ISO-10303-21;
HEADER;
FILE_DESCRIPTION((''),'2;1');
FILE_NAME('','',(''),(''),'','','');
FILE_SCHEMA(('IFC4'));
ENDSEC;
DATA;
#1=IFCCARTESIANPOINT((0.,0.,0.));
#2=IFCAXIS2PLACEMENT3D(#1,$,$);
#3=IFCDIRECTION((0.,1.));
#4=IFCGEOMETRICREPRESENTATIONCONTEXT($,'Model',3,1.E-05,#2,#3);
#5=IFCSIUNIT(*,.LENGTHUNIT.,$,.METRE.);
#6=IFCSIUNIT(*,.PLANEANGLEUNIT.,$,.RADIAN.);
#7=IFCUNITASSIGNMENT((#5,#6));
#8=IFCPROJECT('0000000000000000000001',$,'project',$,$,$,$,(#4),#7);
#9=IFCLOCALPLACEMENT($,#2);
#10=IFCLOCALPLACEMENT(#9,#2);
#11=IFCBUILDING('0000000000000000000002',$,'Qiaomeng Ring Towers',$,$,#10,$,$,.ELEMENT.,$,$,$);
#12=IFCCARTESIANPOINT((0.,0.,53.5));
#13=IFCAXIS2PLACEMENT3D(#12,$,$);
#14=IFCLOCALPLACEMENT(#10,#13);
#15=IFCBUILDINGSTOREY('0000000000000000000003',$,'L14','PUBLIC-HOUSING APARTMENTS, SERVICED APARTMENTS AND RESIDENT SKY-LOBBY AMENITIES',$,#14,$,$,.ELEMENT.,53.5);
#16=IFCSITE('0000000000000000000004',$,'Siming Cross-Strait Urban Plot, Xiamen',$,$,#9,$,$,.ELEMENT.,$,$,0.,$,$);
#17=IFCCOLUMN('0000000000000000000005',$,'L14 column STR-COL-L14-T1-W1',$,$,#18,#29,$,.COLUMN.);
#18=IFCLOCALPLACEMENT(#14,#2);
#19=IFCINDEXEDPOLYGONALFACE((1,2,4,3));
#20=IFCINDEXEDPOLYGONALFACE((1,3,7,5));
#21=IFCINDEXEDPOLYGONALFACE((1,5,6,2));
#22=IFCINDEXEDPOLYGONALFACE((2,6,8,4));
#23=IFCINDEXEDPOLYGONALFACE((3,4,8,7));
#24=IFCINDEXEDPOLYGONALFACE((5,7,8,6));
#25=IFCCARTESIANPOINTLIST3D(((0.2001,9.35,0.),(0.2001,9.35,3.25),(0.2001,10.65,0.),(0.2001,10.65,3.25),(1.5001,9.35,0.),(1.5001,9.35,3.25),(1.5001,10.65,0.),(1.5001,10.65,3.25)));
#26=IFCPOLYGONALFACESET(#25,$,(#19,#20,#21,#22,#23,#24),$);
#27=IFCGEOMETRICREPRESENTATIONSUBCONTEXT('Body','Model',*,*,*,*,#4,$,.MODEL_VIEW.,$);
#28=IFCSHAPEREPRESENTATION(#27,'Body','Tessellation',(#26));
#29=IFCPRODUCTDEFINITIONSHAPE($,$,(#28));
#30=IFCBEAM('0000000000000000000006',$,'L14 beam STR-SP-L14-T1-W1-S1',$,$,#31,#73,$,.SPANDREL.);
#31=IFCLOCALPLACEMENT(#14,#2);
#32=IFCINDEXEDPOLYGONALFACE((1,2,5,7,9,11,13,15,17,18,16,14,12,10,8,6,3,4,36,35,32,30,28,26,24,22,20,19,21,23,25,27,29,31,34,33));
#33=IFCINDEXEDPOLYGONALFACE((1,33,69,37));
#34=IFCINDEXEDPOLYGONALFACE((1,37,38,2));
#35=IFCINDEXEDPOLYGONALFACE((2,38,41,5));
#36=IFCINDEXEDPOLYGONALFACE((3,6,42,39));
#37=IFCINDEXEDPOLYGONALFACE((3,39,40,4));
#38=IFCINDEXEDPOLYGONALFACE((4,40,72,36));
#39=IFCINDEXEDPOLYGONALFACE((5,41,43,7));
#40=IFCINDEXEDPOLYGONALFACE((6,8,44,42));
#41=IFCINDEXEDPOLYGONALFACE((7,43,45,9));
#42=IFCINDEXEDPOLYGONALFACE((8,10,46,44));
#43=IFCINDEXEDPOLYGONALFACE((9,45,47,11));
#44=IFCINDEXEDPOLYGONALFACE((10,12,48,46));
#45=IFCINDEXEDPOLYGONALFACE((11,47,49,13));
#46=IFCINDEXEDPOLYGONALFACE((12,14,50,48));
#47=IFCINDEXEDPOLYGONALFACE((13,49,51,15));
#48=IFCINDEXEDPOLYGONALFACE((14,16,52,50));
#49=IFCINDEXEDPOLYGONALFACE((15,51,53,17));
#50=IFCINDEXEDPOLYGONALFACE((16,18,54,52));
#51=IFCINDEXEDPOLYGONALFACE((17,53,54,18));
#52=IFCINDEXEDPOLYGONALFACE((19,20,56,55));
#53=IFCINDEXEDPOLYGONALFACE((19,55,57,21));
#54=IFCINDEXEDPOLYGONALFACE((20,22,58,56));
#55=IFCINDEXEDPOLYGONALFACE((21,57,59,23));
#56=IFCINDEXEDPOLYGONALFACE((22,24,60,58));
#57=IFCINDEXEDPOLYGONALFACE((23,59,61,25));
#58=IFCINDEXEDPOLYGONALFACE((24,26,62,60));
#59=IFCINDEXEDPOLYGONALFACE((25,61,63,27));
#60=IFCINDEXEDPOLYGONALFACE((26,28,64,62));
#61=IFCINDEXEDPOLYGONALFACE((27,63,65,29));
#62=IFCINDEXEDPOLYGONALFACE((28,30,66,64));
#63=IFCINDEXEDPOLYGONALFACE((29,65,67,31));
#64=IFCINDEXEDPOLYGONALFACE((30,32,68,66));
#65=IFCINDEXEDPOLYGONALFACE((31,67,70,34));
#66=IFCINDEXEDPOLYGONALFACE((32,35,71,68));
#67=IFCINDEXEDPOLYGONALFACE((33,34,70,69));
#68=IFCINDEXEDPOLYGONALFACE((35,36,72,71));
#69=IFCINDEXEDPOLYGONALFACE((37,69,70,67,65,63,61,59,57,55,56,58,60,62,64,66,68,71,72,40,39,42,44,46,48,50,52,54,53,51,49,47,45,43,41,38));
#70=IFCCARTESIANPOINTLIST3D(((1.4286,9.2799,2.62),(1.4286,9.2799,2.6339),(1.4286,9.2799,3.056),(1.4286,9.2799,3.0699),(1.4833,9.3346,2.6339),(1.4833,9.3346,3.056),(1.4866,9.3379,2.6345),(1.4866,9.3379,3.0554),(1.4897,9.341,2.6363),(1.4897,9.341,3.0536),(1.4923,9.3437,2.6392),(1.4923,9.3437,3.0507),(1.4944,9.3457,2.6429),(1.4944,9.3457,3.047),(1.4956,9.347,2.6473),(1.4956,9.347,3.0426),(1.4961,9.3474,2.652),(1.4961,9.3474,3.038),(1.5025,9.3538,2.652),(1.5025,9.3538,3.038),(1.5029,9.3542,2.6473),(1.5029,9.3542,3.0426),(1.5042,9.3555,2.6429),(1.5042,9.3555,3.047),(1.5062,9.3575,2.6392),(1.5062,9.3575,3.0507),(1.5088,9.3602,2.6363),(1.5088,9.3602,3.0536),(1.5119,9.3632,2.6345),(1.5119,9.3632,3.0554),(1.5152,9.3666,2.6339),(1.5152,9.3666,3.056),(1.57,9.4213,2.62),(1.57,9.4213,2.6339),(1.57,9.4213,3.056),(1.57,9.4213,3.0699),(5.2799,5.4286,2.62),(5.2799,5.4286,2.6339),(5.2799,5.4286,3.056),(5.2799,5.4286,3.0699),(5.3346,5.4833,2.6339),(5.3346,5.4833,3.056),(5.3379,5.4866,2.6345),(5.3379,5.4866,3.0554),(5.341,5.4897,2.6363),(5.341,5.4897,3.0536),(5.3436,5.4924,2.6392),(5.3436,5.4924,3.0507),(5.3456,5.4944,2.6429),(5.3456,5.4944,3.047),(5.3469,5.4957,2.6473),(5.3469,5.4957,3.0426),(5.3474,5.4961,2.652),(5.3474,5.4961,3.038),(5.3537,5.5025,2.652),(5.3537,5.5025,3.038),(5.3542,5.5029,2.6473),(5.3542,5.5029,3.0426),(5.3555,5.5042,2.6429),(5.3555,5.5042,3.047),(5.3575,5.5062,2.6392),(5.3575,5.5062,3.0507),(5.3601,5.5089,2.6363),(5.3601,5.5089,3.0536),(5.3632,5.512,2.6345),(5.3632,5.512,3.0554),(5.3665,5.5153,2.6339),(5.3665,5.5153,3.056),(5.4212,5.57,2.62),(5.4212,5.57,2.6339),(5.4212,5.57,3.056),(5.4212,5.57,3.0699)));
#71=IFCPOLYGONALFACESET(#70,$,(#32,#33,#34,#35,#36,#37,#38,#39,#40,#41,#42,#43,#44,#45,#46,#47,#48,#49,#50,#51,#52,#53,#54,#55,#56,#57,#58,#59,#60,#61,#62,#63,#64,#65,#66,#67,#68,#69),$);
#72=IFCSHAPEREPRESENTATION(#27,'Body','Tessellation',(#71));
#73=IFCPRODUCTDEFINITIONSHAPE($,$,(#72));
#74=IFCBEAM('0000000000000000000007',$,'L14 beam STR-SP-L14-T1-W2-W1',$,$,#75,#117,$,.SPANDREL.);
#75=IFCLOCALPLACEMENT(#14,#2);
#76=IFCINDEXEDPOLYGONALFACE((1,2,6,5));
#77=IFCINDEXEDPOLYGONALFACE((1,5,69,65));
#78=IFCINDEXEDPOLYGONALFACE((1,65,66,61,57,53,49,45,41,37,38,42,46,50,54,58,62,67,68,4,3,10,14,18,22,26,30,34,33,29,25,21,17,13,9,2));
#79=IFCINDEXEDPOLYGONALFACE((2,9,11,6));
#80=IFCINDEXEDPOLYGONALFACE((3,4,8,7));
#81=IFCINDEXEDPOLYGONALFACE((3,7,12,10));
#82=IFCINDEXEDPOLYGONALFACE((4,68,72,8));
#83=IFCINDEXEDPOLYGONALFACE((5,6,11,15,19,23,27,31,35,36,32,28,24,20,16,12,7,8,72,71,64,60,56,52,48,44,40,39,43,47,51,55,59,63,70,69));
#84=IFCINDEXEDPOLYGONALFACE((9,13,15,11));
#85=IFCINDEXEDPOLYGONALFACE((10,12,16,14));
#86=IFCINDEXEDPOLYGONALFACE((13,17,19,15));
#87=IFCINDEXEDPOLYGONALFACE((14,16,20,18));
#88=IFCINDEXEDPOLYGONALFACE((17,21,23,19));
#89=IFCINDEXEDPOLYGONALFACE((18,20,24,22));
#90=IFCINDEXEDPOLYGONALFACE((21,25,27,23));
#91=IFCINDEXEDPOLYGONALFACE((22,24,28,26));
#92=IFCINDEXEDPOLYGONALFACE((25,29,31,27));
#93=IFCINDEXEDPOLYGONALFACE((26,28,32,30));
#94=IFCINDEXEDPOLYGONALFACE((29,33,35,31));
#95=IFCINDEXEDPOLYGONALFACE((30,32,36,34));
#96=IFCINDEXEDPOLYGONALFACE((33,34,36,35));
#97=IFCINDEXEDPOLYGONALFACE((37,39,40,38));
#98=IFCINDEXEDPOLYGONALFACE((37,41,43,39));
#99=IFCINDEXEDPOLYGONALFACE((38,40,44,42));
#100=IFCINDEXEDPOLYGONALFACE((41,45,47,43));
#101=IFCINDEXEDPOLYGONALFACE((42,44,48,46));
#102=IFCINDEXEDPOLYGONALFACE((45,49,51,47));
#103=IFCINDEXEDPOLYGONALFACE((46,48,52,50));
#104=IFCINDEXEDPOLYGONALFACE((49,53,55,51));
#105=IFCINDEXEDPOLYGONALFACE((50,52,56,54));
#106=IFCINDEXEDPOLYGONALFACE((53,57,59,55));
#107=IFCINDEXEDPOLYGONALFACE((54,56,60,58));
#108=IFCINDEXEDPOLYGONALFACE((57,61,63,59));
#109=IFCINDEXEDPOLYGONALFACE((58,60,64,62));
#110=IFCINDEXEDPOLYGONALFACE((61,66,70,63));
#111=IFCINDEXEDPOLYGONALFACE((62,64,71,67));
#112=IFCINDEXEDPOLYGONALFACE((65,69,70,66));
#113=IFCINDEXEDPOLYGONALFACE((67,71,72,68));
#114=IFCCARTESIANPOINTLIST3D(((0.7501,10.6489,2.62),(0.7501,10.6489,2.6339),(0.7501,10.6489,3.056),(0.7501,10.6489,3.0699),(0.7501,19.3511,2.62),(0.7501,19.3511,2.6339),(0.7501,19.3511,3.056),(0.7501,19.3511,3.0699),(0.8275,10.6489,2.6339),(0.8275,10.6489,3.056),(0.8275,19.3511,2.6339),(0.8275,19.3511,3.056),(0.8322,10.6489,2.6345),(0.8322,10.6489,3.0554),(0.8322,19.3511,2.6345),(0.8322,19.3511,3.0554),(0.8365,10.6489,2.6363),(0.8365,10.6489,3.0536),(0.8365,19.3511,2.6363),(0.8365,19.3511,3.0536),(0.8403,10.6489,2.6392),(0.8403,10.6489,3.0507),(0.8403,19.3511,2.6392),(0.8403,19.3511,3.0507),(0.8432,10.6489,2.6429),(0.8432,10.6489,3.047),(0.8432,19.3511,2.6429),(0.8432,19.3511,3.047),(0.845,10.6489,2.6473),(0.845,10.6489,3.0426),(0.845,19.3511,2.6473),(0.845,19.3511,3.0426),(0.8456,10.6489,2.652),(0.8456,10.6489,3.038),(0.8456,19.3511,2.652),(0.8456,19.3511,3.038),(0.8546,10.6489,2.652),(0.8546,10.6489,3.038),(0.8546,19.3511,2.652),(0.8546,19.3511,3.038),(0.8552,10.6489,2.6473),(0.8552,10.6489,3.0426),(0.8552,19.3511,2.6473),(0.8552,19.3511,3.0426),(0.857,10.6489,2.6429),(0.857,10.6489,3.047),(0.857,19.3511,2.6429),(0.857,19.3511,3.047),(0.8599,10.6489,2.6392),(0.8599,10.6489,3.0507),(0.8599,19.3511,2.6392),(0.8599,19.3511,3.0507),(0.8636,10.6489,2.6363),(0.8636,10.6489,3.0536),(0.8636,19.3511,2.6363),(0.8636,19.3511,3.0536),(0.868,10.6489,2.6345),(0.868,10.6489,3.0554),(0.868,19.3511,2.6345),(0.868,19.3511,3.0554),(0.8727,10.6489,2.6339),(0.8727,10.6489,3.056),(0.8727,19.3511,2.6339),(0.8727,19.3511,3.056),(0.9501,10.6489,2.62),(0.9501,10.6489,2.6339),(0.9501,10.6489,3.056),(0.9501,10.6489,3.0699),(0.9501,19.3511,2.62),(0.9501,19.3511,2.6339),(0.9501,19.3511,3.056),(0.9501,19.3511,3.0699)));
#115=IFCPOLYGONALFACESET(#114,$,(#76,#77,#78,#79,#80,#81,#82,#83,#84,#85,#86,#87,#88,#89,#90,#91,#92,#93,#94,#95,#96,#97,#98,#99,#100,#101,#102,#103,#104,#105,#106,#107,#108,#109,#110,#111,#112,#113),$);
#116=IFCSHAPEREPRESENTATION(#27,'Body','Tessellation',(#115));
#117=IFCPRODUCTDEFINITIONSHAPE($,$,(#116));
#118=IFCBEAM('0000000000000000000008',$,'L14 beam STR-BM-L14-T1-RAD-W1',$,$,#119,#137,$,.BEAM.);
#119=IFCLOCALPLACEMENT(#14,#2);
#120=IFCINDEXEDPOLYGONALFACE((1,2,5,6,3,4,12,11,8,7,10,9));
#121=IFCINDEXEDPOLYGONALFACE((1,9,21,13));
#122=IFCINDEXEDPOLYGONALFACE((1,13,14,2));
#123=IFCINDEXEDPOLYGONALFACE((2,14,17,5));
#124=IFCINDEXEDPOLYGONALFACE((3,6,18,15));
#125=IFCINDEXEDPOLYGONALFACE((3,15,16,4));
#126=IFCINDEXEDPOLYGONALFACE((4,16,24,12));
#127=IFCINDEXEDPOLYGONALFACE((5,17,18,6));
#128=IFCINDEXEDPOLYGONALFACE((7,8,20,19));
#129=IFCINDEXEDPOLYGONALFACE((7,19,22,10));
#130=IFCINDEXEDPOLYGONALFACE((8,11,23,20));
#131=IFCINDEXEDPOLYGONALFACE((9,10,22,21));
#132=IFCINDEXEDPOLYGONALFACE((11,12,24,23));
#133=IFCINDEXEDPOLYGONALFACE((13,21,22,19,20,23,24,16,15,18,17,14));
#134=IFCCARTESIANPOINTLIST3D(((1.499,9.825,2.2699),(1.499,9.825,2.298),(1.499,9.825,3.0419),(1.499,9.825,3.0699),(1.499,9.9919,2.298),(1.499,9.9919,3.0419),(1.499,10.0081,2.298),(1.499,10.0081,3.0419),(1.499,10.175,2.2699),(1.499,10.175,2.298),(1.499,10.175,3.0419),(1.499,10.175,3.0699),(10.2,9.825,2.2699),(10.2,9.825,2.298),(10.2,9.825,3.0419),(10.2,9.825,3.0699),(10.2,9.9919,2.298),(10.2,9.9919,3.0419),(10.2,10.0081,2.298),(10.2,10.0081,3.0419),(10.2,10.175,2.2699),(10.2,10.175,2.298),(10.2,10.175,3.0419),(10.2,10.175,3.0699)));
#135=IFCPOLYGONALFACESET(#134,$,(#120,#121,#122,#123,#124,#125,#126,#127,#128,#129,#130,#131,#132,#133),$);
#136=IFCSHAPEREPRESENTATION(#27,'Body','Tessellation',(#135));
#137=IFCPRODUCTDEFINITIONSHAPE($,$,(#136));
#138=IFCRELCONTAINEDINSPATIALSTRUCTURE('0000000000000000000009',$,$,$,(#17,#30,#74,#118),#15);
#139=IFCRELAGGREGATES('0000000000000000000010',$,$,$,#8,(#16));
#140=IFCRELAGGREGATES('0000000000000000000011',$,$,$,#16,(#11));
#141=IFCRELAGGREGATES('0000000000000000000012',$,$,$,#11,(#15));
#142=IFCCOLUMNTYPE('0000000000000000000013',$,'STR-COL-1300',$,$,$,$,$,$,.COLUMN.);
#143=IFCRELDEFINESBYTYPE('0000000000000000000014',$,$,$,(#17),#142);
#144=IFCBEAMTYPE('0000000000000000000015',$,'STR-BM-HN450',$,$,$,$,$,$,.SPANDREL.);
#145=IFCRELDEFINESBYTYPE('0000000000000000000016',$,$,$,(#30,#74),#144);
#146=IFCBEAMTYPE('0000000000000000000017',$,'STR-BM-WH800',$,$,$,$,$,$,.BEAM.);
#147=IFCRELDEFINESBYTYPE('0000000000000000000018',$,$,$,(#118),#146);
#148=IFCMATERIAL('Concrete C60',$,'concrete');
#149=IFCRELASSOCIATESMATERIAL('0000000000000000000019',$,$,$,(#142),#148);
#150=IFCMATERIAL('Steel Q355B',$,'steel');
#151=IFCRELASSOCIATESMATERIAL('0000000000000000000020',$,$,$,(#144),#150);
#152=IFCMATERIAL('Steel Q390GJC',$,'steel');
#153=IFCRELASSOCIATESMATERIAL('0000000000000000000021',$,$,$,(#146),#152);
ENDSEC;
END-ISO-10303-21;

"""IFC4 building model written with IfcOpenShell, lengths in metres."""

from ifc_helpers import new_model, si_unit, direction, frame, origin, origin_2d, place, context, subcontext, project, spatial, rectangle, i_section, extrude, source, transform, mapped, material, material_profile, profile_set, type_object, element, save


model = new_model("IFC4")

# Units and contexts
model_context = context("Model", 3, precision=1e-05, world=origin(), true_north=direction((0.0, 1.0)))
body_context = subcontext(model_context, "Body", "Model", "MODEL_VIEW")
ifc_project = project(units=[si_unit("LENGTHUNIT", "METRE"), si_unit("PLANEANGLEUNIT", "RADIAN")], contexts=[model_context])

# Site, building, storey
site_placement = place(None, origin())
site = spatial("IfcSite", under=ifc_project, at=site_placement, Name="Siming Cross-Strait Urban Plot, Xiamen", CompositionType="ELEMENT", RefElevation=0.0)
building_placement = place(site_placement, origin())
building = spatial("IfcBuilding", under=site, at=building_placement, Name="Qiaomeng Ring Towers", CompositionType="ELEMENT")
storey_placement = place(building_placement, frame((0.0, 0.0, 53.5)))
storey = spatial("IfcBuildingStorey", under=building, at=storey_placement, Name="L14", Description="PUBLIC-HOUSING APARTMENTS, SERVICED APARTMENTS AND RESIDENT SKY-LOBBY AMENITIES", CompositionType="ELEMENT", Elevation=53.5)

# Column
ifc_material_1 = material(Name="Concrete C60", Category="concrete")
ifc_material_profile_1 = material_profile(ifc_material_1, rectangle(XDim=1.3, YDim=1.3, at=origin_2d()), Name="RC COL 1300x1300")
ifc_profile_set_1 = profile_set([ifc_material_profile_1], Name="Concrete C60")
column_type = type_object("IfcColumnType", Name="STR-COL-1300", PredefinedType="COLUMN", material=ifc_profile_set_1)
shared_shape_1 = source(origin(), body_context, "Body", "SweptSolid", [
    extrude(rectangle(XDim=1.3, YDim=1.3, at=origin_2d()), origin(), (0.0, 0.0, 1.0), 3.25),
])
column_placement = place(storey_placement, frame((0.8501, 10.0, 0.0), z_axis=(0.0, 0.0, 1.0), x_axis=(1.0, 0.0, 0.0)))
element("IfcColumn", 1, at=column_placement, inside=storey, type_object=column_type, Name="L14 column STR-COL-L14-T1-W1", PredefinedType="COLUMN", context=body_context, shape_type="MappedRepresentation", body=[
    mapped(shared_shape_1, transform((0.0, 0.0, 0.0), x_axis=(1.0, 0.0, 0.0), y_axis=(0.0, 1.0, 0.0), z_axis=(0.0, 0.0, 1.0), scale=1.0)),
])

# Beams
ifc_material_2 = material(Name="Steel Q355B", Category="steel")
ifc_material_profile_2 = material_profile(ifc_material_2, i_section(OverallWidth=0.2, OverallDepth=0.45, WebThickness=0.009, FlangeThickness=0.0139, FilletRadius=0.0181, at=origin_2d()), Name="HN 450x200x9x14")
ifc_profile_set_2 = profile_set([ifc_material_profile_2], Name="Steel Q355B")
beam_type_1 = type_object("IfcBeamType", Name="STR-BM-HN450", PredefinedType="SPANDREL", material=ifc_profile_set_2)
shared_shape_2 = source(origin(), body_context, "Body", "SweptSolid", [
    extrude(i_section(OverallWidth=0.2, OverallDepth=0.45, WebThickness=0.009, FlangeThickness=0.0139, FilletRadius=0.0181, at=origin_2d()), origin(), (0.0, 0.0, 1.0), 5.4465),
])
beam_1_placement = place(storey_placement, frame((1.4993, 9.3506, 2.845), z_axis=(0.707107, -0.707107, 0.0), x_axis=(0.707107, 0.707107, 0.0)))
element("IfcBeam", 2, at=beam_1_placement, inside=storey, type_object=beam_type_1, Name="L14 beam STR-SP-L14-T1-W1-S1", PredefinedType="SPANDREL", context=body_context, shape_type="MappedRepresentation", body=[
    mapped(shared_shape_2, transform((0.0, 0.0, 0.0), x_axis=(1.0, 0.0, 0.0), y_axis=(0.0, 1.0, 0.0), z_axis=(0.0, 0.0, 1.0), scale=1.0)),
])
shared_shape_3 = source(origin(), body_context, "Body", "SweptSolid", [
    extrude(i_section(OverallWidth=0.2, OverallDepth=0.45, WebThickness=0.009, FlangeThickness=0.0139, FilletRadius=0.0181, at=origin_2d()), origin(), (0.0, 0.0, 1.0), 8.7021),
])
beam_2_placement = place(storey_placement, frame((0.8501, 19.3511, 2.845), z_axis=(0.0, -1.0, 0.0), x_axis=(1.0, 0.0, 0.0)))
element("IfcBeam", 3, at=beam_2_placement, inside=storey, type_object=beam_type_1, Name="L14 beam STR-SP-L14-T1-W2-W1", PredefinedType="SPANDREL", context=body_context, shape_type="MappedRepresentation", body=[
    mapped(shared_shape_3, transform((0.0, 0.0, 0.0), x_axis=(1.0, 0.0, 0.0), y_axis=(0.0, 1.0, 0.0), z_axis=(0.0, 0.0, 1.0), scale=1.0)),
])
ifc_material_3 = material(Name="Steel Q390GJC", Category="steel")
ifc_material_profile_3 = material_profile(ifc_material_3, i_section(OverallWidth=0.3501, OverallDepth=0.8, WebThickness=0.0161, FlangeThickness=0.0281, at=origin_2d()), Name="WH 800x350x16x28")
ifc_profile_set_3 = profile_set([ifc_material_profile_3], Name="Steel Q390GJC")
beam_type_2 = type_object("IfcBeamType", Name="STR-BM-WH800", PredefinedType="BEAM", material=ifc_profile_set_3)
shared_shape_4 = source(origin(), body_context, "Body", "SweptSolid", [
    extrude(i_section(OverallWidth=0.3501, OverallDepth=0.8, WebThickness=0.0161, FlangeThickness=0.0281, at=origin_2d()), origin(), (0.0, 0.0, 1.0), 8.7009),
])
beam_3_placement = place(storey_placement, frame((1.499, 10.0, 2.6699), z_axis=(1.0, 0.0, 0.0), x_axis=(0.0, 1.0, 0.0)))
element("IfcBeam", 4, at=beam_3_placement, inside=storey, type_object=beam_type_2, Name="L14 beam STR-BM-L14-T1-RAD-W1", PredefinedType="BEAM", context=body_context, shape_type="MappedRepresentation", body=[
    mapped(shared_shape_4, transform((0.0, 0.0, 0.0), x_axis=(1.0, 0.0, 0.0), y_axis=(0.0, 1.0, 0.0), z_axis=(0.0, 0.0, 1.0), scale=1.0)),
])

save(model, "model.ifc")
